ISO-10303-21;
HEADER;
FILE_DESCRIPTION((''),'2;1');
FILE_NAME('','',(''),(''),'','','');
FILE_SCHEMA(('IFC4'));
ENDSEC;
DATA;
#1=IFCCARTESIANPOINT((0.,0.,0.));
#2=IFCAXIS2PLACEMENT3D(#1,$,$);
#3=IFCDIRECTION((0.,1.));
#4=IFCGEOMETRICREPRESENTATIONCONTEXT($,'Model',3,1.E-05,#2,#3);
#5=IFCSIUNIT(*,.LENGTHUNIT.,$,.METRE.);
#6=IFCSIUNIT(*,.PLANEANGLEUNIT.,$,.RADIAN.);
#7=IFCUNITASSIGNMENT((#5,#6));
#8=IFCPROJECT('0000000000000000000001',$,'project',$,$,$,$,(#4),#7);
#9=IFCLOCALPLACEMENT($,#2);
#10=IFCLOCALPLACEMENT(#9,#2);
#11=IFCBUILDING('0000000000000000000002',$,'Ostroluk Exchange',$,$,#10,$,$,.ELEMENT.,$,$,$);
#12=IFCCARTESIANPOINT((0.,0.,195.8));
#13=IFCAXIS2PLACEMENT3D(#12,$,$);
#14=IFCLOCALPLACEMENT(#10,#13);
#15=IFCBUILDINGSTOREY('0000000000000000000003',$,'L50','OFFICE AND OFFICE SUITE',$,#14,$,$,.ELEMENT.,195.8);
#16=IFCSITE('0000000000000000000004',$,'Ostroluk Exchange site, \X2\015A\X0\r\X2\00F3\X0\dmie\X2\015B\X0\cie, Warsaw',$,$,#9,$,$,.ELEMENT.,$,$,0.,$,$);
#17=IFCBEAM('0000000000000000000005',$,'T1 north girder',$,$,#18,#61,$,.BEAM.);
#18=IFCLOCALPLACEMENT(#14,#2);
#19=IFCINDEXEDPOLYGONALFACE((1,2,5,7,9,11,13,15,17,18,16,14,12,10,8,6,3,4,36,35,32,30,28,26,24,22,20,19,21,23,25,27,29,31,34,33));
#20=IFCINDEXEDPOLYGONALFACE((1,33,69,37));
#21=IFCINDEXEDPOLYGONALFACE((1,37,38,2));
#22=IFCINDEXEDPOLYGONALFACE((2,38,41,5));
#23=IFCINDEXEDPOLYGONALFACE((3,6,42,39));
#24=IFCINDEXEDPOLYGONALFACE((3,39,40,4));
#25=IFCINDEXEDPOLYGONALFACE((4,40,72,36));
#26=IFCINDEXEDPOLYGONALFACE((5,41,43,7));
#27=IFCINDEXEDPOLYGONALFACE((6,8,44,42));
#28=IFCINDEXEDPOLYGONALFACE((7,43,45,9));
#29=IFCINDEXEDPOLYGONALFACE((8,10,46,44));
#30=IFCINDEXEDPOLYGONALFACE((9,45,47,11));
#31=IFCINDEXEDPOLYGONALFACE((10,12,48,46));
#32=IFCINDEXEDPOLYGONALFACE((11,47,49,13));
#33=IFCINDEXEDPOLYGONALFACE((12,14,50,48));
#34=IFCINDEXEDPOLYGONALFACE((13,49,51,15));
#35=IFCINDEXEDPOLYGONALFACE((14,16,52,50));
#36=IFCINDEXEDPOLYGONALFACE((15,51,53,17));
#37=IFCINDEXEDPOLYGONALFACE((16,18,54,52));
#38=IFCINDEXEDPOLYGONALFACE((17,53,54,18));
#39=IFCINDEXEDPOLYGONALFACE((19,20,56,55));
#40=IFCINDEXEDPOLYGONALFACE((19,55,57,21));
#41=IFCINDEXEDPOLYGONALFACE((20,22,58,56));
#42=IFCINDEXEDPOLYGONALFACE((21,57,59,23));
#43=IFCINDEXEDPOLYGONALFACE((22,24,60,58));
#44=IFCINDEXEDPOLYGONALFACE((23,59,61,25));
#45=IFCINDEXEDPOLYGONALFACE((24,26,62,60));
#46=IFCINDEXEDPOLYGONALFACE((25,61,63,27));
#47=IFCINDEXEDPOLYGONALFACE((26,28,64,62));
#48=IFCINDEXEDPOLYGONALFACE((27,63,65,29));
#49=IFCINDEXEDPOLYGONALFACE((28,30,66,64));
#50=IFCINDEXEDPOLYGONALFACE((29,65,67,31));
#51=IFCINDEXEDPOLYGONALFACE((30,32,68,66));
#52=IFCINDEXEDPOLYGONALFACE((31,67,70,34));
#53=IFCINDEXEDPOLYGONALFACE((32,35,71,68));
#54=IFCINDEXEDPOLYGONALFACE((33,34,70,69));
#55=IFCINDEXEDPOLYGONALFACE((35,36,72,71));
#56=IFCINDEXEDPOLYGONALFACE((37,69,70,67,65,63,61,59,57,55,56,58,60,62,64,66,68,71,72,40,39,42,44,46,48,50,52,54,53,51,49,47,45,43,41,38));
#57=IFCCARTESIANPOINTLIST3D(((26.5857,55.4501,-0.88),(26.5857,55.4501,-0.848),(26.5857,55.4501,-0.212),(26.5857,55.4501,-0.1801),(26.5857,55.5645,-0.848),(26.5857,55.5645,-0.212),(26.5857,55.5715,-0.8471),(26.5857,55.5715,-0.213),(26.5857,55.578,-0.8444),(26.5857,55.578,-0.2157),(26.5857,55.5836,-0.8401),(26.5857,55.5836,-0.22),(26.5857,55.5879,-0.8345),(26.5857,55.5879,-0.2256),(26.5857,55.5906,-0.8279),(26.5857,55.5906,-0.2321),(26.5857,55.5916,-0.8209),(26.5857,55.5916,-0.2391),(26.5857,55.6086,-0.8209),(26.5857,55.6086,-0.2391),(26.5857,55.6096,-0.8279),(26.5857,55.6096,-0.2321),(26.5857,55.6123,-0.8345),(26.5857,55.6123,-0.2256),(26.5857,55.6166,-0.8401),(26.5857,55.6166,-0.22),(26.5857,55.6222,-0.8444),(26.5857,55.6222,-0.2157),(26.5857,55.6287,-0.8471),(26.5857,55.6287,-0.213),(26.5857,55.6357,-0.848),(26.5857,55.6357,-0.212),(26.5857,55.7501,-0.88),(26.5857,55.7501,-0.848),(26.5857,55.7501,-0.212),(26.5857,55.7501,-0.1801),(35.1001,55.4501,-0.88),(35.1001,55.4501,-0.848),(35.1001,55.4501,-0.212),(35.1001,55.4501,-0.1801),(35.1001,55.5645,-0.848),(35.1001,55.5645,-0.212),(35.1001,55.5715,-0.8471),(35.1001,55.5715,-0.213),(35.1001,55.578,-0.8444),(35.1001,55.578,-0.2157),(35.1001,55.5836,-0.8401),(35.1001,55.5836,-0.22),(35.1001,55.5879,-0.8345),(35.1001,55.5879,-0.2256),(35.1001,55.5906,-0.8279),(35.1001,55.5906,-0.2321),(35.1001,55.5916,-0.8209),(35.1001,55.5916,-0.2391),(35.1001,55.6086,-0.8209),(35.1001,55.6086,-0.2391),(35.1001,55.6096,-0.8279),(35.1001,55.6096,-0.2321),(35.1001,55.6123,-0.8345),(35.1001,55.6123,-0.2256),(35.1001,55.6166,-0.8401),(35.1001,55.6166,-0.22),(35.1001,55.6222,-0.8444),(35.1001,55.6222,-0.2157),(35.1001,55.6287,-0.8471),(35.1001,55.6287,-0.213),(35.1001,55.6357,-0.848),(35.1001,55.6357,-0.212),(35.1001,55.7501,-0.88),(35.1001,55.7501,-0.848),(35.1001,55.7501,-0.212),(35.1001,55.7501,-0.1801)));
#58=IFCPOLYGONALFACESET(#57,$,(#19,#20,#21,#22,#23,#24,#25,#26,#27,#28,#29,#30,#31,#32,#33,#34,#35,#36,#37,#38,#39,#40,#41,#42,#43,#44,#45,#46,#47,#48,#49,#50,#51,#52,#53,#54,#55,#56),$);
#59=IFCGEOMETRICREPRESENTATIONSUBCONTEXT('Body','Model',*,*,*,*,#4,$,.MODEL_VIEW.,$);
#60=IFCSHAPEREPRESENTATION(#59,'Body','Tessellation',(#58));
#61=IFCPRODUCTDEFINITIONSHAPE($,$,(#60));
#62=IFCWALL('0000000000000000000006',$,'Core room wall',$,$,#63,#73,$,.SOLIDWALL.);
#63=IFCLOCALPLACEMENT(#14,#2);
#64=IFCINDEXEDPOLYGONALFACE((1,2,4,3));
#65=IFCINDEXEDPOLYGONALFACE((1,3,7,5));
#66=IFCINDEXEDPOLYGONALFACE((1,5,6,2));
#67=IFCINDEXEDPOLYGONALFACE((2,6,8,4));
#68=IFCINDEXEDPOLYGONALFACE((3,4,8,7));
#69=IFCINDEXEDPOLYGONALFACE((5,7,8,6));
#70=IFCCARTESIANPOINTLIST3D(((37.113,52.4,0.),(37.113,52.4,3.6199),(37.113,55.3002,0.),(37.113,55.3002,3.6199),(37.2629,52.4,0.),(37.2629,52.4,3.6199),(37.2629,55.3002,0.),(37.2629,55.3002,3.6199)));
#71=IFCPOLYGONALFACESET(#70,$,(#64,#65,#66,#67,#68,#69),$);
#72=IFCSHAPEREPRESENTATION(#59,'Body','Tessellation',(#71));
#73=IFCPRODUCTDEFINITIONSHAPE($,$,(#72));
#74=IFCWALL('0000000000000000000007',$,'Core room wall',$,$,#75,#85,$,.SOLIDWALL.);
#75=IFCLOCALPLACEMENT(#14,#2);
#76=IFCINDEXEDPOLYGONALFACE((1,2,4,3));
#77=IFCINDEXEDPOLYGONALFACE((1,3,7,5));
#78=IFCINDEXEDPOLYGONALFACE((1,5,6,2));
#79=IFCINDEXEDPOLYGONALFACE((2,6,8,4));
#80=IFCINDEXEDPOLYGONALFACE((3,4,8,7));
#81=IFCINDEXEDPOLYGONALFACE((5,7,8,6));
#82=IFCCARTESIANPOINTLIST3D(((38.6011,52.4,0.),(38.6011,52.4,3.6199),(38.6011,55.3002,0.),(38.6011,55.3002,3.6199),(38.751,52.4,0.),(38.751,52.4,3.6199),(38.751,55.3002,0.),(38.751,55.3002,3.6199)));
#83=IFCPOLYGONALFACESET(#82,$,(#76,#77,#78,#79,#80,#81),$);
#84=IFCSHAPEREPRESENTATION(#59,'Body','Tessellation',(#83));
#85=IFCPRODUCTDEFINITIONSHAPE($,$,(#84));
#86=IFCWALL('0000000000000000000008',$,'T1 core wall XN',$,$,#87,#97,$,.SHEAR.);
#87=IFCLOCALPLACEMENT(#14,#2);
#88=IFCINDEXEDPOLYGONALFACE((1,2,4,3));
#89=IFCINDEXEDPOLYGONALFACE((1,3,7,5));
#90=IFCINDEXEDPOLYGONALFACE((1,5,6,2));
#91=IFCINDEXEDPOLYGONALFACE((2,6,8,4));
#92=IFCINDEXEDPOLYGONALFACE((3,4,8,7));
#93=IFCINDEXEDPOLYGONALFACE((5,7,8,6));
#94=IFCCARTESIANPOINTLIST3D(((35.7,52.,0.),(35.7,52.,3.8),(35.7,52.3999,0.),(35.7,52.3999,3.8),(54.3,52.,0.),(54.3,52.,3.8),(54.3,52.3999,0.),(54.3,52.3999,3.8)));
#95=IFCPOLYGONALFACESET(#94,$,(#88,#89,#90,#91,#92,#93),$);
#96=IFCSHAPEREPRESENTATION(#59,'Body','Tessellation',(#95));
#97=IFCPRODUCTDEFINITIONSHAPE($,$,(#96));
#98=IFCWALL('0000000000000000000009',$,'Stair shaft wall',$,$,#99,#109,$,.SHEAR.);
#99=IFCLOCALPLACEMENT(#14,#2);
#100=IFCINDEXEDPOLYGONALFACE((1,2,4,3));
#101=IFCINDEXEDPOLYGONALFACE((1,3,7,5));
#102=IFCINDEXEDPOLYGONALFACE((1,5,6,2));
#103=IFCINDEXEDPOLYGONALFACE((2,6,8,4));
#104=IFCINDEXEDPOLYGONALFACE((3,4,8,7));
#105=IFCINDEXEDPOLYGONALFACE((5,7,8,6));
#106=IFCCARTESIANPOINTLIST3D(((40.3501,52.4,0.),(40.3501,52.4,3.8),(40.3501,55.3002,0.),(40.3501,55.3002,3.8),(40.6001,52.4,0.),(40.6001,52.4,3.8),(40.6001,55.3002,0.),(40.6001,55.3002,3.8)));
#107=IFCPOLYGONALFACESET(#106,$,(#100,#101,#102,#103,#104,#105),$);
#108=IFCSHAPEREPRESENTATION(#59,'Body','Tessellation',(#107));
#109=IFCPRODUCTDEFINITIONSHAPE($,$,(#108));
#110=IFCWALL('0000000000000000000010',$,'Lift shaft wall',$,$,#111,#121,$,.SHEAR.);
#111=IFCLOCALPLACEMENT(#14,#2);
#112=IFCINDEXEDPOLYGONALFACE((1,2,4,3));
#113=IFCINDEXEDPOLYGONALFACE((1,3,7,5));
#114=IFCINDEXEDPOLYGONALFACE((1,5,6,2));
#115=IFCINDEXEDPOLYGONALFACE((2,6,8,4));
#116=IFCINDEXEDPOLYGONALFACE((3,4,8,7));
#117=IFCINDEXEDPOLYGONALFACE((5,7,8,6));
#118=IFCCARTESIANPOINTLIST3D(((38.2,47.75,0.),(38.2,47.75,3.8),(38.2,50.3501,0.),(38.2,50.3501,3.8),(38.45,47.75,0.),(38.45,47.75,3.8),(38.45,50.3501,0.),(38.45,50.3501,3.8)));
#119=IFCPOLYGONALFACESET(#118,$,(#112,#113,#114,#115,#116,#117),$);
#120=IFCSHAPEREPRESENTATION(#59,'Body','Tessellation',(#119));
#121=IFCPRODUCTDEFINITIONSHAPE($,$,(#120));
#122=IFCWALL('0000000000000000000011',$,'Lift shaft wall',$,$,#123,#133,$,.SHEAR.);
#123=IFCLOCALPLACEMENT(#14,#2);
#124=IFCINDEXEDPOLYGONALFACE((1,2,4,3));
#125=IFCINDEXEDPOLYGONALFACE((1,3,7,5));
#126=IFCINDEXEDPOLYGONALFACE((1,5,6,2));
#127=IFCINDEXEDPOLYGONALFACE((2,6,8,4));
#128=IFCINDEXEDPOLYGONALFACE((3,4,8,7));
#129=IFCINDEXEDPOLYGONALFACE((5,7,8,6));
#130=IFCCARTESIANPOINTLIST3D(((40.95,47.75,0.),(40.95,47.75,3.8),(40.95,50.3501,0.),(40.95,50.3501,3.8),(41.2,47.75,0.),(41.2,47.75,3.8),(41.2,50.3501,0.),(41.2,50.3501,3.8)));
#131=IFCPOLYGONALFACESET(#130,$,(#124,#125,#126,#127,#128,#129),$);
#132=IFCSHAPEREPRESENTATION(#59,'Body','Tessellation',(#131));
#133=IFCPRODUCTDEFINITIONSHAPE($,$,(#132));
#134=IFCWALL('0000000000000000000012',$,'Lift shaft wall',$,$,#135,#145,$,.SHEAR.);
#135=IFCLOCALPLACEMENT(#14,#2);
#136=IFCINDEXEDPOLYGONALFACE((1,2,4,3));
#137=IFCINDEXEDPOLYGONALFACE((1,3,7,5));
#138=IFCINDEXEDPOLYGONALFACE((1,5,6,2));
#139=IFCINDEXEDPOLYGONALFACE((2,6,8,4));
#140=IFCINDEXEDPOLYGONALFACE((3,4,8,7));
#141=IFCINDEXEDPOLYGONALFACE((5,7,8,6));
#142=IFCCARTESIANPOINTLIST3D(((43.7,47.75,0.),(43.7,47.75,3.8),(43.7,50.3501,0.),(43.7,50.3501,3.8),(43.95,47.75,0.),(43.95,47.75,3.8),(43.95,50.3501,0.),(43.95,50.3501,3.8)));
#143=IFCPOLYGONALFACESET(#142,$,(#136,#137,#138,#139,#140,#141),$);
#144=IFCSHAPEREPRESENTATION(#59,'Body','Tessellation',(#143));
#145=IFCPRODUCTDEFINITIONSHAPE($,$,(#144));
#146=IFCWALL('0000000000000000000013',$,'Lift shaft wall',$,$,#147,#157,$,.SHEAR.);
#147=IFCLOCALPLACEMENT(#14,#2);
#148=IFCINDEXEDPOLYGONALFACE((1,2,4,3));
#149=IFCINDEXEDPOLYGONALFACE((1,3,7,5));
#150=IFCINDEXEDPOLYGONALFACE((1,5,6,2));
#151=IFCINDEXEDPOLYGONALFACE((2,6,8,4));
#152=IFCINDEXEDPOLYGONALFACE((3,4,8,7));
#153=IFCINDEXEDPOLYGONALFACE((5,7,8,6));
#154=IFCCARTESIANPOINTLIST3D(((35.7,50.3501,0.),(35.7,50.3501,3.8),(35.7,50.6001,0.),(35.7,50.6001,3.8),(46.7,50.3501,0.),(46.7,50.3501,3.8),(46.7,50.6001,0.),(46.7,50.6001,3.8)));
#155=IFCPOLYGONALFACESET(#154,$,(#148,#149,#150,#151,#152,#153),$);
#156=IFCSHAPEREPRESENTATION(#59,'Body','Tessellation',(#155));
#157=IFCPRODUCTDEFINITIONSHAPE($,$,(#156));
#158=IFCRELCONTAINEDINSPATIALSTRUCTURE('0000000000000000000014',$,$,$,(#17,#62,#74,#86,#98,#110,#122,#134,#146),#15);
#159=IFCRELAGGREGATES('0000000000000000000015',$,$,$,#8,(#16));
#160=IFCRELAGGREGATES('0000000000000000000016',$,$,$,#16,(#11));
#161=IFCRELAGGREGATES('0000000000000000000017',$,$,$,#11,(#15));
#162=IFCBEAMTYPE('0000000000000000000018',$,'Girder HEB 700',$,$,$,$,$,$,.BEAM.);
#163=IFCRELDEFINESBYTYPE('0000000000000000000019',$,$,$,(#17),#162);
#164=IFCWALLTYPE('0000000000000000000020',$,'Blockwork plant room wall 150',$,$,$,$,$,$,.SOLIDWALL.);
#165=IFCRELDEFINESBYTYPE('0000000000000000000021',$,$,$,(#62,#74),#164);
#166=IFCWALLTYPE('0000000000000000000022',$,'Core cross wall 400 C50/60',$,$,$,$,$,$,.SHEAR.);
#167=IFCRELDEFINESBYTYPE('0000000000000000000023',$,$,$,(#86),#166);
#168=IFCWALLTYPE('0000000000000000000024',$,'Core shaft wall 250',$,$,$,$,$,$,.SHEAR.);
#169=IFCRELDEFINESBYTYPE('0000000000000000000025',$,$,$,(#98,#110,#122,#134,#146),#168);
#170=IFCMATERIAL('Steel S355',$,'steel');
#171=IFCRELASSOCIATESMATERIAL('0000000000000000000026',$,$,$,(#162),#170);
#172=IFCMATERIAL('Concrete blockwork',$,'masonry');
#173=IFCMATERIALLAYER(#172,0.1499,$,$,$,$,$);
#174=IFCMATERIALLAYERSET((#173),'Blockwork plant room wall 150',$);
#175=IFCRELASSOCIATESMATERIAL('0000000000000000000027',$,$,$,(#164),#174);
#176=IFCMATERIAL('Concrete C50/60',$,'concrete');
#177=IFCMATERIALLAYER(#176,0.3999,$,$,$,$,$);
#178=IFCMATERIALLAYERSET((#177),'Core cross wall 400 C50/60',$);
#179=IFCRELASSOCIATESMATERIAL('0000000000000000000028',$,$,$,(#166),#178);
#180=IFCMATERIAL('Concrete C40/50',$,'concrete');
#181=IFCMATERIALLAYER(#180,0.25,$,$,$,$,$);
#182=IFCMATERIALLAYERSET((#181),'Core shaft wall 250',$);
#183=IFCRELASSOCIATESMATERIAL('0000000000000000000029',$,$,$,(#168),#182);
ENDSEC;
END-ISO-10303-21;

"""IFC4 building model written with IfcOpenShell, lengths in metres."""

from ifc_helpers import new_model, si_unit, direction, frame, frame_2d, origin, origin_2d, place, context, subcontext, project, spatial, rectangle, i_section, extrude, material, layer, layer_set, material_profile, profile_set, type_object, element, save


model = new_model("IFC4")

# Units and contexts
model_context = context("Model", 3, precision=1e-05, world=origin(), true_north=direction((0.0, 1.0)))
body_context = subcontext(model_context, "Body", "Model", "MODEL_VIEW")
ifc_project = project(units=[si_unit("LENGTHUNIT", "METRE"), si_unit("PLANEANGLEUNIT", "RADIAN")], contexts=[model_context])

# Site, building, storey
site_placement = place(None, origin())
site = spatial("IfcSite", under=ifc_project, at=site_placement, Name="Ostroluk Exchange site, Śródmieście, Warsaw", CompositionType="ELEMENT", RefElevation=0.0)
building_placement = place(site_placement, origin())
building = spatial("IfcBuilding", under=site, at=building_placement, Name="Ostroluk Exchange", CompositionType="ELEMENT")
storey_placement = place(building_placement, frame((0.0, 0.0, 195.8)))
storey = spatial("IfcBuildingStorey", under=building, at=storey_placement, Name="L50", Description="OFFICE AND OFFICE SUITE", CompositionType="ELEMENT", Elevation=195.8)

# Beam
ifc_material_1 = material(Name="Steel S355", Category="steel")
ifc_material_profile_1 = material_profile(ifc_material_1, i_section(OverallWidth=0.3, OverallDepth=0.7, WebThickness=0.0171, FlangeThickness=0.032, FilletRadius=0.0271, at=origin_2d()), Name="HEB 700")
ifc_profile_set_1 = profile_set([ifc_material_profile_1], Name="Steel S355")
beam_type_1 = type_object("IfcBeamType", Name="Girder HEB 700", PredefinedType="BEAM", material=ifc_profile_set_1)
beam_1_placement = place(storey_placement, frame((35.1001, 55.6001, -0.53), z_axis=(-1.0, 0.0, 0.0), x_axis=(0.0, -1.0, 0.0)))
element("IfcBeam", 1, at=beam_1_placement, inside=storey, type_object=beam_type_1, Name="T1 north girder", PredefinedType="BEAM", context=body_context, shape_type="SweptSolid", body=[
    extrude(i_section(OverallWidth=0.3, OverallDepth=0.7, WebThickness=0.0171, FlangeThickness=0.032, FilletRadius=0.0271, at=origin_2d()), origin(), (0.0, 0.0, 1.0), 8.5144),
])

# Walls
ifc_material_2 = material(Name="Concrete blockwork", Category="masonry")
ifc_layer_1 = layer(ifc_material_2, 0.1499)
ifc_layer_set_1 = layer_set([ifc_layer_1], Name="Blockwork plant room wall 150")
wall_type_1 = type_object("IfcWallType", Name="Blockwork plant room wall 150", PredefinedType="SOLIDWALL", material=ifc_layer_set_1)
for number, where, z_axis, x_axis, name in (
    (2, (37.188, 52.3999, 0.0), (0.0, 0.0, 1.0), (0.0, 1.0, 0.0), "Core room wall"),
    (3, (38.676, 52.3999, 0.0), (0.0, 0.0, 1.0), (0.0, 1.0, 0.0), "Core room wall"),
):
    element("IfcWall", number, at=place(storey_placement, frame(where, z_axis=z_axis, x_axis=x_axis)), inside=storey, type_object=wall_type_1, Name=name, PredefinedType="SOLIDWALL", context=body_context, shape_type="SweptSolid", body=[
        extrude(rectangle(XDim=2.9001, YDim=0.1499, at=frame_2d((1.4502, 0.0))), origin(), (0.0, 0.0, 1.0), 3.6199),
    ])
ifc_material_3 = material(Name="Concrete C50/60", Category="concrete")
ifc_layer_2 = layer(ifc_material_3, 0.3999)
ifc_layer_set_2 = layer_set([ifc_layer_2], Name="Core cross wall 400 C50/60")
wall_type_2 = type_object("IfcWallType", Name="Core cross wall 400 C50/60", PredefinedType="SHEAR", material=ifc_layer_set_2)
wall_1_placement = place(storey_placement, frame((35.7, 52.2, 0.0), z_axis=(0.0, 0.0, 1.0), x_axis=(1.0, 0.0, 0.0)))
element("IfcWall", 4, at=wall_1_placement, inside=storey, type_object=wall_type_2, Name="T1 core wall XN", PredefinedType="SHEAR", context=body_context, shape_type="SweptSolid", body=[
    extrude(rectangle(XDim=18.6001, YDim=0.3999, at=frame_2d((9.3, 0.0))), origin(), (0.0, 0.0, 1.0), 3.8),
])
ifc_material_4 = material(Name="Concrete C40/50", Category="concrete")
ifc_layer_3 = layer(ifc_material_4, 0.25)
ifc_layer_set_3 = layer_set([ifc_layer_3], Name="Core shaft wall 250")
wall_type_3 = type_object("IfcWallType", Name="Core shaft wall 250", PredefinedType="SHEAR", material=ifc_layer_set_3)
wall_2_placement = place(storey_placement, frame((40.4751, 52.3999, 0.0), z_axis=(0.0, 0.0, 1.0), x_axis=(0.0, 1.0, 0.0)))
element("IfcWall", 5, at=wall_2_placement, inside=storey, type_object=wall_type_3, Name="Stair shaft wall", PredefinedType="SHEAR", context=body_context, shape_type="SweptSolid", body=[
    extrude(rectangle(XDim=2.9001, YDim=0.25, at=frame_2d((1.4502, 0.0))), origin(), (0.0, 0.0, 1.0), 3.8),
])
for number, where, z_axis, x_axis, name in (
    (6, (38.325, 47.75, 0.0), (0.0, 0.0, 1.0), (0.0, 1.0, 0.0), "Lift shaft wall"),
    (7, (41.075, 47.75, 0.0), (0.0, 0.0, 1.0), (0.0, 1.0, 0.0), "Lift shaft wall"),
    (8, (43.825, 47.75, 0.0), (0.0, 0.0, 1.0), (0.0, 1.0, 0.0), "Lift shaft wall"),
):
    element("IfcWall", number, at=place(storey_placement, frame(where, z_axis=z_axis, x_axis=x_axis)), inside=storey, type_object=wall_type_3, Name=name, PredefinedType="SHEAR", context=body_context, shape_type="SweptSolid", body=[
        extrude(rectangle(XDim=2.6001, YDim=0.25, at=frame_2d((1.3, 0.0))), origin(), (0.0, 0.0, 1.0), 3.8),
    ])
wall_3_placement = place(storey_placement, frame((35.7, 50.4751, 0.0), z_axis=(0.0, 0.0, 1.0), x_axis=(1.0, 0.0, 0.0)))
element("IfcWall", 9, at=wall_3_placement, inside=storey, type_object=wall_type_3, Name="Lift shaft wall", PredefinedType="SHEAR", context=body_context, shape_type="SweptSolid", body=[
    extrude(rectangle(XDim=11.0, YDim=0.25, at=frame_2d((5.5, 0.0))), origin(), (0.0, 0.0, 1.0), 3.8),
])

save(model, "model.ifc")
